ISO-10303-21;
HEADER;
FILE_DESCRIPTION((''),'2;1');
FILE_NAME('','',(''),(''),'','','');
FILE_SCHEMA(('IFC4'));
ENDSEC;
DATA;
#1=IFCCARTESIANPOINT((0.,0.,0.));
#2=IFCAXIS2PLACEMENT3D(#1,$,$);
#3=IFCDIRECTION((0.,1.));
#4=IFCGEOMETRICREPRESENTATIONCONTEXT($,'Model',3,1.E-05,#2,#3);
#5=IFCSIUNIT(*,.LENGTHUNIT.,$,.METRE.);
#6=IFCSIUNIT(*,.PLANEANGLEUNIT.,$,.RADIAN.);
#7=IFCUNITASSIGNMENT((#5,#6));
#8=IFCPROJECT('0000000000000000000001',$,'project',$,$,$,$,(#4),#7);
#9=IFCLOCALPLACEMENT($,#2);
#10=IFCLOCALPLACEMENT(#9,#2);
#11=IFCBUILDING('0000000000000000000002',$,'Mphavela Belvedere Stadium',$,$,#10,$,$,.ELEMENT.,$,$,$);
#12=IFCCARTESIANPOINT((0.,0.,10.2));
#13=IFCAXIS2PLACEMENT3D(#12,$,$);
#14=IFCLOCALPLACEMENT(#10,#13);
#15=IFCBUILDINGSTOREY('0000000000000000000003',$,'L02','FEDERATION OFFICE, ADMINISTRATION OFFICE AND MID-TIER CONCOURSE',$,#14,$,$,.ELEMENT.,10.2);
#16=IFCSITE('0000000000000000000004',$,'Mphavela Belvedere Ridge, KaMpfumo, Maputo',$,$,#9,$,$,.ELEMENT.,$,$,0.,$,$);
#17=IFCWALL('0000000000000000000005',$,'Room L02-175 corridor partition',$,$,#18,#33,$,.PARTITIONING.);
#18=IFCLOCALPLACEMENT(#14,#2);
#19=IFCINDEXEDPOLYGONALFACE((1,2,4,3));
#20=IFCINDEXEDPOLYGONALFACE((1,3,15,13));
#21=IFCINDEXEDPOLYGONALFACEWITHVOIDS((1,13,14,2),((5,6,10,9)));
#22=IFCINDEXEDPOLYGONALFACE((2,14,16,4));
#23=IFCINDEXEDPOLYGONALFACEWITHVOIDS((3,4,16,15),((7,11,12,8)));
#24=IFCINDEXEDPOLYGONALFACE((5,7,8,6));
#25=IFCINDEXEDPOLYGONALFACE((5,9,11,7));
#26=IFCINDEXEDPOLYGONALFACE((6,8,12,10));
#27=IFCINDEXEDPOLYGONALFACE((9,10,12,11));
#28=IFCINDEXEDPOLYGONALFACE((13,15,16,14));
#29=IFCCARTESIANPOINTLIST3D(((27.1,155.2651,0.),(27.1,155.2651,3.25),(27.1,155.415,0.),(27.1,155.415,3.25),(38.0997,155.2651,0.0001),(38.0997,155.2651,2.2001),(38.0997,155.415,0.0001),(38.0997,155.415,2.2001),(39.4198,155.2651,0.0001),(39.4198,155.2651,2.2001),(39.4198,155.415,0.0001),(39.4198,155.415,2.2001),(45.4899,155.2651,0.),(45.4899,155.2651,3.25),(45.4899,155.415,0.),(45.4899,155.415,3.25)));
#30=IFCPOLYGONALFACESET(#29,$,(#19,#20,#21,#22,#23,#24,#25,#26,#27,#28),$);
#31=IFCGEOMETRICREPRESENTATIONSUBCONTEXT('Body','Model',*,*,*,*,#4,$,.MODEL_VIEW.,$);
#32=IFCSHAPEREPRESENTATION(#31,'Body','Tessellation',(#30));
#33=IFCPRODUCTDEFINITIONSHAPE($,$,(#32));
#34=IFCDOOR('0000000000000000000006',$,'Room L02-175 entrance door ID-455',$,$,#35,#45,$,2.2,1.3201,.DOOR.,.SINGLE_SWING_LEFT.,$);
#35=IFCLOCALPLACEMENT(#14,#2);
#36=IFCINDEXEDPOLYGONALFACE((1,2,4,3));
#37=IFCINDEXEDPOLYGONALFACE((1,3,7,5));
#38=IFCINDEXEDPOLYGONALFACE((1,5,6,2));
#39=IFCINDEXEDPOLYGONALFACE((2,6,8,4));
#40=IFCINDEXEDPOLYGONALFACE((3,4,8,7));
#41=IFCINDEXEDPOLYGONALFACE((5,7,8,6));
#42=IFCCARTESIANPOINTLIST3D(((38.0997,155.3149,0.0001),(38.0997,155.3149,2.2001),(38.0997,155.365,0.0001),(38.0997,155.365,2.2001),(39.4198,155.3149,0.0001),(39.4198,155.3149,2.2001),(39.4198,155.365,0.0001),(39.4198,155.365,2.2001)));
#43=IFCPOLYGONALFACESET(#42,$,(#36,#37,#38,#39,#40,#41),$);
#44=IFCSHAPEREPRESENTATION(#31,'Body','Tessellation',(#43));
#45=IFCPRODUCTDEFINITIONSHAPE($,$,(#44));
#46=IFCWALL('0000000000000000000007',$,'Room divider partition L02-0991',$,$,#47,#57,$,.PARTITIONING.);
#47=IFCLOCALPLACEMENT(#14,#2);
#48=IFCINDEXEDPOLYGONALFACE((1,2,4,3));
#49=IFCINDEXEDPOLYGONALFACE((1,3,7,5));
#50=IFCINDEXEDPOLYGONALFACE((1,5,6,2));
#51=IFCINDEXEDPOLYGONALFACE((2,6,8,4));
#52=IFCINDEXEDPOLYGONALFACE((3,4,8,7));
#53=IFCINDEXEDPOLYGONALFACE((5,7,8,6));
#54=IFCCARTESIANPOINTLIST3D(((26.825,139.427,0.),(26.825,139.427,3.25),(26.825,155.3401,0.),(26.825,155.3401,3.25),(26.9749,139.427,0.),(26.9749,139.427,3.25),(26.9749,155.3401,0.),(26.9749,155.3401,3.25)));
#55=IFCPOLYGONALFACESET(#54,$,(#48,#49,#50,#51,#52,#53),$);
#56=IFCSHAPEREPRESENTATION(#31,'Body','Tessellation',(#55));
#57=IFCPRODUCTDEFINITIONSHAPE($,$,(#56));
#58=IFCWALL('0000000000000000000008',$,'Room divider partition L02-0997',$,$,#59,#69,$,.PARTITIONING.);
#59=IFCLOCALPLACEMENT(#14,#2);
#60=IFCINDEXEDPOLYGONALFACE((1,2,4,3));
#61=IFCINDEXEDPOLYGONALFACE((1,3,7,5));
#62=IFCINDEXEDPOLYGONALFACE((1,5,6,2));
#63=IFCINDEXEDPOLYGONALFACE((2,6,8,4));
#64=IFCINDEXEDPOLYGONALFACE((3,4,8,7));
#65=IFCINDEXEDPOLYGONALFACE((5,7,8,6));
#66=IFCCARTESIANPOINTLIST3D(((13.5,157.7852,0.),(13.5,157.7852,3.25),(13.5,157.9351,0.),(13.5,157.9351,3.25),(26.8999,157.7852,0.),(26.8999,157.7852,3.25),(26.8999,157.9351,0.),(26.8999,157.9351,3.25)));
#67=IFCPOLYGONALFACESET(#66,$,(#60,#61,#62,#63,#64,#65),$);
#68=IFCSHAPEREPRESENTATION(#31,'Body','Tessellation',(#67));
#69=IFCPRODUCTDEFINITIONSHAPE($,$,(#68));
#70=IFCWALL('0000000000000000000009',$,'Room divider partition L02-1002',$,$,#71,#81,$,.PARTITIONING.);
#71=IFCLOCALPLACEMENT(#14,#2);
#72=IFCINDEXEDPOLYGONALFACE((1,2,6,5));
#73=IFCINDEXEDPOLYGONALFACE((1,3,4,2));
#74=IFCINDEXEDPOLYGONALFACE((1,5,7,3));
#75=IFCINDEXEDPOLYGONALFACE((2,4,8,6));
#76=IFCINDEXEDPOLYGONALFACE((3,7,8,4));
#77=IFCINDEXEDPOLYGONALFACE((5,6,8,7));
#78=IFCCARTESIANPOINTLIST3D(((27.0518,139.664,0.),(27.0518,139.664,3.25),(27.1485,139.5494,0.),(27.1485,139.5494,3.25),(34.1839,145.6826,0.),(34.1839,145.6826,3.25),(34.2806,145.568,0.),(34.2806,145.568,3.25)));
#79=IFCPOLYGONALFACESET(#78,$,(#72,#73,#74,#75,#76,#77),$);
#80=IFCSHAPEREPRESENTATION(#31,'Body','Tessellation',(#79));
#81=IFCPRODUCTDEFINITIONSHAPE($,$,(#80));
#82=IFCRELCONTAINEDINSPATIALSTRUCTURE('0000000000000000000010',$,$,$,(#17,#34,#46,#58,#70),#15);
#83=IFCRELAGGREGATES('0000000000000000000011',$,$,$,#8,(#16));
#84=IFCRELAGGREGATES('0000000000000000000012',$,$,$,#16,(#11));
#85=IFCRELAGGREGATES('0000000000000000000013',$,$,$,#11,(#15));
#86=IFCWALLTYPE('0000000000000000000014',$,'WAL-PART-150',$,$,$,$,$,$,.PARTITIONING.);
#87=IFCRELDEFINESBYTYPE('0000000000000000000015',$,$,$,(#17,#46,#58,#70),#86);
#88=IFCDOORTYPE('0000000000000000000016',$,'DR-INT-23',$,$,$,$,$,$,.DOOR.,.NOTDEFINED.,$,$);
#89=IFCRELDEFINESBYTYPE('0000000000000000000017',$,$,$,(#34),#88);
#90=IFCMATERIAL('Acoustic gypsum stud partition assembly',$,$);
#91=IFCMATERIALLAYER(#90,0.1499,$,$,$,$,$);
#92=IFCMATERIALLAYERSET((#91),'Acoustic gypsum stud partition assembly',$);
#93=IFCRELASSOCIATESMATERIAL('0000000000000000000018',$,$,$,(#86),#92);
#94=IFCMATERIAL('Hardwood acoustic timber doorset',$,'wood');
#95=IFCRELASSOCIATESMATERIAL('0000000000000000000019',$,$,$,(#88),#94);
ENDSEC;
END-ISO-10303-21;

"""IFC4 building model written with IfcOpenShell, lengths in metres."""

from ifc_helpers import new_model, si_unit, direction, frame, frame_2d, origin, place, context, subcontext, project, spatial, rectangle, extrude, material, layer, layer_set, type_object, element, fill, save


model = new_model("IFC4")

# Units and contexts
model_context = context("Model", 3, precision=1e-05, world=origin(), true_north=direction((0.0, 1.0)))
body_context = subcontext(model_context, "Body", "Model", "MODEL_VIEW")
ifc_project = project(units=[si_unit("LENGTHUNIT", "METRE"), si_unit("PLANEANGLEUNIT", "RADIAN")], contexts=[model_context])

# Site, building, storey
site_placement = place(None, origin())
site = spatial("IfcSite", under=ifc_project, at=site_placement, Name="Mphavela Belvedere Ridge, KaMpfumo, Maputo", CompositionType="ELEMENT", RefElevation=0.0)
building_placement = place(site_placement, origin())
building = spatial("IfcBuilding", under=site, at=building_placement, Name="Mphavela Belvedere Stadium", CompositionType="ELEMENT")
storey_placement = place(building_placement, frame((0.0, 0.0, 10.2)))
storey = spatial("IfcBuildingStorey", under=building, at=storey_placement, Name="L02", Description="FEDERATION OFFICE, ADMINISTRATION OFFICE AND MID-TIER CONCOURSE", CompositionType="ELEMENT", Elevation=10.2)

# Wall, opening, door
ifc_material_1 = material(Name="Acoustic gypsum stud partition assembly")
ifc_layer_1 = layer(ifc_material_1, 0.1499)
ifc_layer_set_1 = layer_set([ifc_layer_1], Name="Acoustic gypsum stud partition assembly")
wall_type = type_object("IfcWallType", Name="WAL-PART-150", PredefinedType="PARTITIONING", material=ifc_layer_set_1)
wall_1_placement = place(storey_placement, frame((27.1001, 155.3401, 0.0), z_axis=(0.0, 0.0, 1.0), x_axis=(1.0, 0.0, 0.0)))
wall_1 = element("IfcWall", 1, at=wall_1_placement, inside=storey, type_object=wall_type, Name="Room L02-175 corridor partition", PredefinedType="PARTITIONING", context=body_context, shape_type="SweptSolid", body=[
    extrude(rectangle(XDim=18.3899, YDim=0.1499, at=frame_2d((9.1948, 0.0))), origin(), (0.0, 0.0, 1.0), 3.25),
])
opening_placement = place(wall_1_placement, frame((10.9995, 0.0, 0.0)))
opening = element("IfcOpeningElement", 2, at=opening_placement, cuts=wall_1, PredefinedType="OPENING", context=body_context, shape_type="SweptSolid", body=[
    extrude(rectangle(XDim=1.3201, YDim=2.2, at=frame_2d((0.6602, 1.1001))), frame((0.0, 0.085, 0.0), z_axis=(0.0, -1.0, 0.0), x_axis=(1.0, 0.0, 0.0)), (0.0, 0.0, 1.0), 0.1699),
])
ifc_material_2 = material(Name="Hardwood acoustic timber doorset", Category="wood")
door_type = type_object("IfcDoorType", Name="DR-INT-23", OperationType="NOTDEFINED", PredefinedType="DOOR", material=ifc_material_2)
door_placement = place(opening_placement, origin())
door = element("IfcDoor", 3, at=door_placement, inside=storey, type_object=door_type, Name="Room L02-175 entrance door ID-455", OperationType="SINGLE_SWING_LEFT", OverallHeight=2.2, OverallWidth=1.3201, PredefinedType="DOOR", context=body_context, shape_type="SweptSolid", body=[
    extrude(rectangle(XDim=1.3201, YDim=2.2, at=frame_2d((0.6602, 1.1001))), frame((0.0, 0.0249, 0.0), z_axis=(0.0, -1.0, 0.0), x_axis=(1.0, 0.0, 0.0)), (0.0, 0.0, 1.0), 0.05),
])
fill(opening, door)

# Walls
wall_2_placement = place(storey_placement, frame((26.8999, 155.3401, 0.0), z_axis=(0.0, 0.0, 1.0), x_axis=(0.0, -1.0, 0.0)))
element("IfcWall", 4, at=wall_2_placement, inside=storey, type_object=wall_type, Name="Room divider partition L02-0991", PredefinedType="PARTITIONING", context=body_context, shape_type="SweptSolid", body=[
    extrude(rectangle(XDim=15.9131, YDim=0.1499, at=frame_2d((7.9565, 0.0))), origin(), (0.0, 0.0, 1.0), 3.25),
])
wall_3_placement = place(storey_placement, frame((26.8999, 157.8601, 0.0), z_axis=(0.0, 0.0, 1.0), x_axis=(-1.0, 0.0, 0.0)))
element("IfcWall", 5, at=wall_3_placement, inside=storey, type_object=wall_type, Name="Room divider partition L02-0997", PredefinedType="PARTITIONING", context=body_context, shape_type="SweptSolid", body=[
    extrude(rectangle(XDim=13.3999, YDim=0.1499, at=frame_2d((6.7, 0.0))), origin(), (0.0, 0.0, 1.0), 3.25),
])
wall_4_placement = place(storey_placement, frame((34.2322, 145.6252, 0.0), z_axis=(0.0, 0.0, 1.0), x_axis=(-0.764246, -0.644925, 0.0)))
element("IfcWall", 6, at=wall_4_placement, inside=storey, type_object=wall_type, Name="Room divider partition L02-1002", PredefinedType="PARTITIONING", context=body_context, shape_type="SweptSolid", body=[
    extrude(rectangle(XDim=9.3323, YDim=0.1499, at=frame_2d((4.666, 0.0))), origin(), (0.0, 0.0, 1.0), 3.25),
])

save(model, "model.ifc")
